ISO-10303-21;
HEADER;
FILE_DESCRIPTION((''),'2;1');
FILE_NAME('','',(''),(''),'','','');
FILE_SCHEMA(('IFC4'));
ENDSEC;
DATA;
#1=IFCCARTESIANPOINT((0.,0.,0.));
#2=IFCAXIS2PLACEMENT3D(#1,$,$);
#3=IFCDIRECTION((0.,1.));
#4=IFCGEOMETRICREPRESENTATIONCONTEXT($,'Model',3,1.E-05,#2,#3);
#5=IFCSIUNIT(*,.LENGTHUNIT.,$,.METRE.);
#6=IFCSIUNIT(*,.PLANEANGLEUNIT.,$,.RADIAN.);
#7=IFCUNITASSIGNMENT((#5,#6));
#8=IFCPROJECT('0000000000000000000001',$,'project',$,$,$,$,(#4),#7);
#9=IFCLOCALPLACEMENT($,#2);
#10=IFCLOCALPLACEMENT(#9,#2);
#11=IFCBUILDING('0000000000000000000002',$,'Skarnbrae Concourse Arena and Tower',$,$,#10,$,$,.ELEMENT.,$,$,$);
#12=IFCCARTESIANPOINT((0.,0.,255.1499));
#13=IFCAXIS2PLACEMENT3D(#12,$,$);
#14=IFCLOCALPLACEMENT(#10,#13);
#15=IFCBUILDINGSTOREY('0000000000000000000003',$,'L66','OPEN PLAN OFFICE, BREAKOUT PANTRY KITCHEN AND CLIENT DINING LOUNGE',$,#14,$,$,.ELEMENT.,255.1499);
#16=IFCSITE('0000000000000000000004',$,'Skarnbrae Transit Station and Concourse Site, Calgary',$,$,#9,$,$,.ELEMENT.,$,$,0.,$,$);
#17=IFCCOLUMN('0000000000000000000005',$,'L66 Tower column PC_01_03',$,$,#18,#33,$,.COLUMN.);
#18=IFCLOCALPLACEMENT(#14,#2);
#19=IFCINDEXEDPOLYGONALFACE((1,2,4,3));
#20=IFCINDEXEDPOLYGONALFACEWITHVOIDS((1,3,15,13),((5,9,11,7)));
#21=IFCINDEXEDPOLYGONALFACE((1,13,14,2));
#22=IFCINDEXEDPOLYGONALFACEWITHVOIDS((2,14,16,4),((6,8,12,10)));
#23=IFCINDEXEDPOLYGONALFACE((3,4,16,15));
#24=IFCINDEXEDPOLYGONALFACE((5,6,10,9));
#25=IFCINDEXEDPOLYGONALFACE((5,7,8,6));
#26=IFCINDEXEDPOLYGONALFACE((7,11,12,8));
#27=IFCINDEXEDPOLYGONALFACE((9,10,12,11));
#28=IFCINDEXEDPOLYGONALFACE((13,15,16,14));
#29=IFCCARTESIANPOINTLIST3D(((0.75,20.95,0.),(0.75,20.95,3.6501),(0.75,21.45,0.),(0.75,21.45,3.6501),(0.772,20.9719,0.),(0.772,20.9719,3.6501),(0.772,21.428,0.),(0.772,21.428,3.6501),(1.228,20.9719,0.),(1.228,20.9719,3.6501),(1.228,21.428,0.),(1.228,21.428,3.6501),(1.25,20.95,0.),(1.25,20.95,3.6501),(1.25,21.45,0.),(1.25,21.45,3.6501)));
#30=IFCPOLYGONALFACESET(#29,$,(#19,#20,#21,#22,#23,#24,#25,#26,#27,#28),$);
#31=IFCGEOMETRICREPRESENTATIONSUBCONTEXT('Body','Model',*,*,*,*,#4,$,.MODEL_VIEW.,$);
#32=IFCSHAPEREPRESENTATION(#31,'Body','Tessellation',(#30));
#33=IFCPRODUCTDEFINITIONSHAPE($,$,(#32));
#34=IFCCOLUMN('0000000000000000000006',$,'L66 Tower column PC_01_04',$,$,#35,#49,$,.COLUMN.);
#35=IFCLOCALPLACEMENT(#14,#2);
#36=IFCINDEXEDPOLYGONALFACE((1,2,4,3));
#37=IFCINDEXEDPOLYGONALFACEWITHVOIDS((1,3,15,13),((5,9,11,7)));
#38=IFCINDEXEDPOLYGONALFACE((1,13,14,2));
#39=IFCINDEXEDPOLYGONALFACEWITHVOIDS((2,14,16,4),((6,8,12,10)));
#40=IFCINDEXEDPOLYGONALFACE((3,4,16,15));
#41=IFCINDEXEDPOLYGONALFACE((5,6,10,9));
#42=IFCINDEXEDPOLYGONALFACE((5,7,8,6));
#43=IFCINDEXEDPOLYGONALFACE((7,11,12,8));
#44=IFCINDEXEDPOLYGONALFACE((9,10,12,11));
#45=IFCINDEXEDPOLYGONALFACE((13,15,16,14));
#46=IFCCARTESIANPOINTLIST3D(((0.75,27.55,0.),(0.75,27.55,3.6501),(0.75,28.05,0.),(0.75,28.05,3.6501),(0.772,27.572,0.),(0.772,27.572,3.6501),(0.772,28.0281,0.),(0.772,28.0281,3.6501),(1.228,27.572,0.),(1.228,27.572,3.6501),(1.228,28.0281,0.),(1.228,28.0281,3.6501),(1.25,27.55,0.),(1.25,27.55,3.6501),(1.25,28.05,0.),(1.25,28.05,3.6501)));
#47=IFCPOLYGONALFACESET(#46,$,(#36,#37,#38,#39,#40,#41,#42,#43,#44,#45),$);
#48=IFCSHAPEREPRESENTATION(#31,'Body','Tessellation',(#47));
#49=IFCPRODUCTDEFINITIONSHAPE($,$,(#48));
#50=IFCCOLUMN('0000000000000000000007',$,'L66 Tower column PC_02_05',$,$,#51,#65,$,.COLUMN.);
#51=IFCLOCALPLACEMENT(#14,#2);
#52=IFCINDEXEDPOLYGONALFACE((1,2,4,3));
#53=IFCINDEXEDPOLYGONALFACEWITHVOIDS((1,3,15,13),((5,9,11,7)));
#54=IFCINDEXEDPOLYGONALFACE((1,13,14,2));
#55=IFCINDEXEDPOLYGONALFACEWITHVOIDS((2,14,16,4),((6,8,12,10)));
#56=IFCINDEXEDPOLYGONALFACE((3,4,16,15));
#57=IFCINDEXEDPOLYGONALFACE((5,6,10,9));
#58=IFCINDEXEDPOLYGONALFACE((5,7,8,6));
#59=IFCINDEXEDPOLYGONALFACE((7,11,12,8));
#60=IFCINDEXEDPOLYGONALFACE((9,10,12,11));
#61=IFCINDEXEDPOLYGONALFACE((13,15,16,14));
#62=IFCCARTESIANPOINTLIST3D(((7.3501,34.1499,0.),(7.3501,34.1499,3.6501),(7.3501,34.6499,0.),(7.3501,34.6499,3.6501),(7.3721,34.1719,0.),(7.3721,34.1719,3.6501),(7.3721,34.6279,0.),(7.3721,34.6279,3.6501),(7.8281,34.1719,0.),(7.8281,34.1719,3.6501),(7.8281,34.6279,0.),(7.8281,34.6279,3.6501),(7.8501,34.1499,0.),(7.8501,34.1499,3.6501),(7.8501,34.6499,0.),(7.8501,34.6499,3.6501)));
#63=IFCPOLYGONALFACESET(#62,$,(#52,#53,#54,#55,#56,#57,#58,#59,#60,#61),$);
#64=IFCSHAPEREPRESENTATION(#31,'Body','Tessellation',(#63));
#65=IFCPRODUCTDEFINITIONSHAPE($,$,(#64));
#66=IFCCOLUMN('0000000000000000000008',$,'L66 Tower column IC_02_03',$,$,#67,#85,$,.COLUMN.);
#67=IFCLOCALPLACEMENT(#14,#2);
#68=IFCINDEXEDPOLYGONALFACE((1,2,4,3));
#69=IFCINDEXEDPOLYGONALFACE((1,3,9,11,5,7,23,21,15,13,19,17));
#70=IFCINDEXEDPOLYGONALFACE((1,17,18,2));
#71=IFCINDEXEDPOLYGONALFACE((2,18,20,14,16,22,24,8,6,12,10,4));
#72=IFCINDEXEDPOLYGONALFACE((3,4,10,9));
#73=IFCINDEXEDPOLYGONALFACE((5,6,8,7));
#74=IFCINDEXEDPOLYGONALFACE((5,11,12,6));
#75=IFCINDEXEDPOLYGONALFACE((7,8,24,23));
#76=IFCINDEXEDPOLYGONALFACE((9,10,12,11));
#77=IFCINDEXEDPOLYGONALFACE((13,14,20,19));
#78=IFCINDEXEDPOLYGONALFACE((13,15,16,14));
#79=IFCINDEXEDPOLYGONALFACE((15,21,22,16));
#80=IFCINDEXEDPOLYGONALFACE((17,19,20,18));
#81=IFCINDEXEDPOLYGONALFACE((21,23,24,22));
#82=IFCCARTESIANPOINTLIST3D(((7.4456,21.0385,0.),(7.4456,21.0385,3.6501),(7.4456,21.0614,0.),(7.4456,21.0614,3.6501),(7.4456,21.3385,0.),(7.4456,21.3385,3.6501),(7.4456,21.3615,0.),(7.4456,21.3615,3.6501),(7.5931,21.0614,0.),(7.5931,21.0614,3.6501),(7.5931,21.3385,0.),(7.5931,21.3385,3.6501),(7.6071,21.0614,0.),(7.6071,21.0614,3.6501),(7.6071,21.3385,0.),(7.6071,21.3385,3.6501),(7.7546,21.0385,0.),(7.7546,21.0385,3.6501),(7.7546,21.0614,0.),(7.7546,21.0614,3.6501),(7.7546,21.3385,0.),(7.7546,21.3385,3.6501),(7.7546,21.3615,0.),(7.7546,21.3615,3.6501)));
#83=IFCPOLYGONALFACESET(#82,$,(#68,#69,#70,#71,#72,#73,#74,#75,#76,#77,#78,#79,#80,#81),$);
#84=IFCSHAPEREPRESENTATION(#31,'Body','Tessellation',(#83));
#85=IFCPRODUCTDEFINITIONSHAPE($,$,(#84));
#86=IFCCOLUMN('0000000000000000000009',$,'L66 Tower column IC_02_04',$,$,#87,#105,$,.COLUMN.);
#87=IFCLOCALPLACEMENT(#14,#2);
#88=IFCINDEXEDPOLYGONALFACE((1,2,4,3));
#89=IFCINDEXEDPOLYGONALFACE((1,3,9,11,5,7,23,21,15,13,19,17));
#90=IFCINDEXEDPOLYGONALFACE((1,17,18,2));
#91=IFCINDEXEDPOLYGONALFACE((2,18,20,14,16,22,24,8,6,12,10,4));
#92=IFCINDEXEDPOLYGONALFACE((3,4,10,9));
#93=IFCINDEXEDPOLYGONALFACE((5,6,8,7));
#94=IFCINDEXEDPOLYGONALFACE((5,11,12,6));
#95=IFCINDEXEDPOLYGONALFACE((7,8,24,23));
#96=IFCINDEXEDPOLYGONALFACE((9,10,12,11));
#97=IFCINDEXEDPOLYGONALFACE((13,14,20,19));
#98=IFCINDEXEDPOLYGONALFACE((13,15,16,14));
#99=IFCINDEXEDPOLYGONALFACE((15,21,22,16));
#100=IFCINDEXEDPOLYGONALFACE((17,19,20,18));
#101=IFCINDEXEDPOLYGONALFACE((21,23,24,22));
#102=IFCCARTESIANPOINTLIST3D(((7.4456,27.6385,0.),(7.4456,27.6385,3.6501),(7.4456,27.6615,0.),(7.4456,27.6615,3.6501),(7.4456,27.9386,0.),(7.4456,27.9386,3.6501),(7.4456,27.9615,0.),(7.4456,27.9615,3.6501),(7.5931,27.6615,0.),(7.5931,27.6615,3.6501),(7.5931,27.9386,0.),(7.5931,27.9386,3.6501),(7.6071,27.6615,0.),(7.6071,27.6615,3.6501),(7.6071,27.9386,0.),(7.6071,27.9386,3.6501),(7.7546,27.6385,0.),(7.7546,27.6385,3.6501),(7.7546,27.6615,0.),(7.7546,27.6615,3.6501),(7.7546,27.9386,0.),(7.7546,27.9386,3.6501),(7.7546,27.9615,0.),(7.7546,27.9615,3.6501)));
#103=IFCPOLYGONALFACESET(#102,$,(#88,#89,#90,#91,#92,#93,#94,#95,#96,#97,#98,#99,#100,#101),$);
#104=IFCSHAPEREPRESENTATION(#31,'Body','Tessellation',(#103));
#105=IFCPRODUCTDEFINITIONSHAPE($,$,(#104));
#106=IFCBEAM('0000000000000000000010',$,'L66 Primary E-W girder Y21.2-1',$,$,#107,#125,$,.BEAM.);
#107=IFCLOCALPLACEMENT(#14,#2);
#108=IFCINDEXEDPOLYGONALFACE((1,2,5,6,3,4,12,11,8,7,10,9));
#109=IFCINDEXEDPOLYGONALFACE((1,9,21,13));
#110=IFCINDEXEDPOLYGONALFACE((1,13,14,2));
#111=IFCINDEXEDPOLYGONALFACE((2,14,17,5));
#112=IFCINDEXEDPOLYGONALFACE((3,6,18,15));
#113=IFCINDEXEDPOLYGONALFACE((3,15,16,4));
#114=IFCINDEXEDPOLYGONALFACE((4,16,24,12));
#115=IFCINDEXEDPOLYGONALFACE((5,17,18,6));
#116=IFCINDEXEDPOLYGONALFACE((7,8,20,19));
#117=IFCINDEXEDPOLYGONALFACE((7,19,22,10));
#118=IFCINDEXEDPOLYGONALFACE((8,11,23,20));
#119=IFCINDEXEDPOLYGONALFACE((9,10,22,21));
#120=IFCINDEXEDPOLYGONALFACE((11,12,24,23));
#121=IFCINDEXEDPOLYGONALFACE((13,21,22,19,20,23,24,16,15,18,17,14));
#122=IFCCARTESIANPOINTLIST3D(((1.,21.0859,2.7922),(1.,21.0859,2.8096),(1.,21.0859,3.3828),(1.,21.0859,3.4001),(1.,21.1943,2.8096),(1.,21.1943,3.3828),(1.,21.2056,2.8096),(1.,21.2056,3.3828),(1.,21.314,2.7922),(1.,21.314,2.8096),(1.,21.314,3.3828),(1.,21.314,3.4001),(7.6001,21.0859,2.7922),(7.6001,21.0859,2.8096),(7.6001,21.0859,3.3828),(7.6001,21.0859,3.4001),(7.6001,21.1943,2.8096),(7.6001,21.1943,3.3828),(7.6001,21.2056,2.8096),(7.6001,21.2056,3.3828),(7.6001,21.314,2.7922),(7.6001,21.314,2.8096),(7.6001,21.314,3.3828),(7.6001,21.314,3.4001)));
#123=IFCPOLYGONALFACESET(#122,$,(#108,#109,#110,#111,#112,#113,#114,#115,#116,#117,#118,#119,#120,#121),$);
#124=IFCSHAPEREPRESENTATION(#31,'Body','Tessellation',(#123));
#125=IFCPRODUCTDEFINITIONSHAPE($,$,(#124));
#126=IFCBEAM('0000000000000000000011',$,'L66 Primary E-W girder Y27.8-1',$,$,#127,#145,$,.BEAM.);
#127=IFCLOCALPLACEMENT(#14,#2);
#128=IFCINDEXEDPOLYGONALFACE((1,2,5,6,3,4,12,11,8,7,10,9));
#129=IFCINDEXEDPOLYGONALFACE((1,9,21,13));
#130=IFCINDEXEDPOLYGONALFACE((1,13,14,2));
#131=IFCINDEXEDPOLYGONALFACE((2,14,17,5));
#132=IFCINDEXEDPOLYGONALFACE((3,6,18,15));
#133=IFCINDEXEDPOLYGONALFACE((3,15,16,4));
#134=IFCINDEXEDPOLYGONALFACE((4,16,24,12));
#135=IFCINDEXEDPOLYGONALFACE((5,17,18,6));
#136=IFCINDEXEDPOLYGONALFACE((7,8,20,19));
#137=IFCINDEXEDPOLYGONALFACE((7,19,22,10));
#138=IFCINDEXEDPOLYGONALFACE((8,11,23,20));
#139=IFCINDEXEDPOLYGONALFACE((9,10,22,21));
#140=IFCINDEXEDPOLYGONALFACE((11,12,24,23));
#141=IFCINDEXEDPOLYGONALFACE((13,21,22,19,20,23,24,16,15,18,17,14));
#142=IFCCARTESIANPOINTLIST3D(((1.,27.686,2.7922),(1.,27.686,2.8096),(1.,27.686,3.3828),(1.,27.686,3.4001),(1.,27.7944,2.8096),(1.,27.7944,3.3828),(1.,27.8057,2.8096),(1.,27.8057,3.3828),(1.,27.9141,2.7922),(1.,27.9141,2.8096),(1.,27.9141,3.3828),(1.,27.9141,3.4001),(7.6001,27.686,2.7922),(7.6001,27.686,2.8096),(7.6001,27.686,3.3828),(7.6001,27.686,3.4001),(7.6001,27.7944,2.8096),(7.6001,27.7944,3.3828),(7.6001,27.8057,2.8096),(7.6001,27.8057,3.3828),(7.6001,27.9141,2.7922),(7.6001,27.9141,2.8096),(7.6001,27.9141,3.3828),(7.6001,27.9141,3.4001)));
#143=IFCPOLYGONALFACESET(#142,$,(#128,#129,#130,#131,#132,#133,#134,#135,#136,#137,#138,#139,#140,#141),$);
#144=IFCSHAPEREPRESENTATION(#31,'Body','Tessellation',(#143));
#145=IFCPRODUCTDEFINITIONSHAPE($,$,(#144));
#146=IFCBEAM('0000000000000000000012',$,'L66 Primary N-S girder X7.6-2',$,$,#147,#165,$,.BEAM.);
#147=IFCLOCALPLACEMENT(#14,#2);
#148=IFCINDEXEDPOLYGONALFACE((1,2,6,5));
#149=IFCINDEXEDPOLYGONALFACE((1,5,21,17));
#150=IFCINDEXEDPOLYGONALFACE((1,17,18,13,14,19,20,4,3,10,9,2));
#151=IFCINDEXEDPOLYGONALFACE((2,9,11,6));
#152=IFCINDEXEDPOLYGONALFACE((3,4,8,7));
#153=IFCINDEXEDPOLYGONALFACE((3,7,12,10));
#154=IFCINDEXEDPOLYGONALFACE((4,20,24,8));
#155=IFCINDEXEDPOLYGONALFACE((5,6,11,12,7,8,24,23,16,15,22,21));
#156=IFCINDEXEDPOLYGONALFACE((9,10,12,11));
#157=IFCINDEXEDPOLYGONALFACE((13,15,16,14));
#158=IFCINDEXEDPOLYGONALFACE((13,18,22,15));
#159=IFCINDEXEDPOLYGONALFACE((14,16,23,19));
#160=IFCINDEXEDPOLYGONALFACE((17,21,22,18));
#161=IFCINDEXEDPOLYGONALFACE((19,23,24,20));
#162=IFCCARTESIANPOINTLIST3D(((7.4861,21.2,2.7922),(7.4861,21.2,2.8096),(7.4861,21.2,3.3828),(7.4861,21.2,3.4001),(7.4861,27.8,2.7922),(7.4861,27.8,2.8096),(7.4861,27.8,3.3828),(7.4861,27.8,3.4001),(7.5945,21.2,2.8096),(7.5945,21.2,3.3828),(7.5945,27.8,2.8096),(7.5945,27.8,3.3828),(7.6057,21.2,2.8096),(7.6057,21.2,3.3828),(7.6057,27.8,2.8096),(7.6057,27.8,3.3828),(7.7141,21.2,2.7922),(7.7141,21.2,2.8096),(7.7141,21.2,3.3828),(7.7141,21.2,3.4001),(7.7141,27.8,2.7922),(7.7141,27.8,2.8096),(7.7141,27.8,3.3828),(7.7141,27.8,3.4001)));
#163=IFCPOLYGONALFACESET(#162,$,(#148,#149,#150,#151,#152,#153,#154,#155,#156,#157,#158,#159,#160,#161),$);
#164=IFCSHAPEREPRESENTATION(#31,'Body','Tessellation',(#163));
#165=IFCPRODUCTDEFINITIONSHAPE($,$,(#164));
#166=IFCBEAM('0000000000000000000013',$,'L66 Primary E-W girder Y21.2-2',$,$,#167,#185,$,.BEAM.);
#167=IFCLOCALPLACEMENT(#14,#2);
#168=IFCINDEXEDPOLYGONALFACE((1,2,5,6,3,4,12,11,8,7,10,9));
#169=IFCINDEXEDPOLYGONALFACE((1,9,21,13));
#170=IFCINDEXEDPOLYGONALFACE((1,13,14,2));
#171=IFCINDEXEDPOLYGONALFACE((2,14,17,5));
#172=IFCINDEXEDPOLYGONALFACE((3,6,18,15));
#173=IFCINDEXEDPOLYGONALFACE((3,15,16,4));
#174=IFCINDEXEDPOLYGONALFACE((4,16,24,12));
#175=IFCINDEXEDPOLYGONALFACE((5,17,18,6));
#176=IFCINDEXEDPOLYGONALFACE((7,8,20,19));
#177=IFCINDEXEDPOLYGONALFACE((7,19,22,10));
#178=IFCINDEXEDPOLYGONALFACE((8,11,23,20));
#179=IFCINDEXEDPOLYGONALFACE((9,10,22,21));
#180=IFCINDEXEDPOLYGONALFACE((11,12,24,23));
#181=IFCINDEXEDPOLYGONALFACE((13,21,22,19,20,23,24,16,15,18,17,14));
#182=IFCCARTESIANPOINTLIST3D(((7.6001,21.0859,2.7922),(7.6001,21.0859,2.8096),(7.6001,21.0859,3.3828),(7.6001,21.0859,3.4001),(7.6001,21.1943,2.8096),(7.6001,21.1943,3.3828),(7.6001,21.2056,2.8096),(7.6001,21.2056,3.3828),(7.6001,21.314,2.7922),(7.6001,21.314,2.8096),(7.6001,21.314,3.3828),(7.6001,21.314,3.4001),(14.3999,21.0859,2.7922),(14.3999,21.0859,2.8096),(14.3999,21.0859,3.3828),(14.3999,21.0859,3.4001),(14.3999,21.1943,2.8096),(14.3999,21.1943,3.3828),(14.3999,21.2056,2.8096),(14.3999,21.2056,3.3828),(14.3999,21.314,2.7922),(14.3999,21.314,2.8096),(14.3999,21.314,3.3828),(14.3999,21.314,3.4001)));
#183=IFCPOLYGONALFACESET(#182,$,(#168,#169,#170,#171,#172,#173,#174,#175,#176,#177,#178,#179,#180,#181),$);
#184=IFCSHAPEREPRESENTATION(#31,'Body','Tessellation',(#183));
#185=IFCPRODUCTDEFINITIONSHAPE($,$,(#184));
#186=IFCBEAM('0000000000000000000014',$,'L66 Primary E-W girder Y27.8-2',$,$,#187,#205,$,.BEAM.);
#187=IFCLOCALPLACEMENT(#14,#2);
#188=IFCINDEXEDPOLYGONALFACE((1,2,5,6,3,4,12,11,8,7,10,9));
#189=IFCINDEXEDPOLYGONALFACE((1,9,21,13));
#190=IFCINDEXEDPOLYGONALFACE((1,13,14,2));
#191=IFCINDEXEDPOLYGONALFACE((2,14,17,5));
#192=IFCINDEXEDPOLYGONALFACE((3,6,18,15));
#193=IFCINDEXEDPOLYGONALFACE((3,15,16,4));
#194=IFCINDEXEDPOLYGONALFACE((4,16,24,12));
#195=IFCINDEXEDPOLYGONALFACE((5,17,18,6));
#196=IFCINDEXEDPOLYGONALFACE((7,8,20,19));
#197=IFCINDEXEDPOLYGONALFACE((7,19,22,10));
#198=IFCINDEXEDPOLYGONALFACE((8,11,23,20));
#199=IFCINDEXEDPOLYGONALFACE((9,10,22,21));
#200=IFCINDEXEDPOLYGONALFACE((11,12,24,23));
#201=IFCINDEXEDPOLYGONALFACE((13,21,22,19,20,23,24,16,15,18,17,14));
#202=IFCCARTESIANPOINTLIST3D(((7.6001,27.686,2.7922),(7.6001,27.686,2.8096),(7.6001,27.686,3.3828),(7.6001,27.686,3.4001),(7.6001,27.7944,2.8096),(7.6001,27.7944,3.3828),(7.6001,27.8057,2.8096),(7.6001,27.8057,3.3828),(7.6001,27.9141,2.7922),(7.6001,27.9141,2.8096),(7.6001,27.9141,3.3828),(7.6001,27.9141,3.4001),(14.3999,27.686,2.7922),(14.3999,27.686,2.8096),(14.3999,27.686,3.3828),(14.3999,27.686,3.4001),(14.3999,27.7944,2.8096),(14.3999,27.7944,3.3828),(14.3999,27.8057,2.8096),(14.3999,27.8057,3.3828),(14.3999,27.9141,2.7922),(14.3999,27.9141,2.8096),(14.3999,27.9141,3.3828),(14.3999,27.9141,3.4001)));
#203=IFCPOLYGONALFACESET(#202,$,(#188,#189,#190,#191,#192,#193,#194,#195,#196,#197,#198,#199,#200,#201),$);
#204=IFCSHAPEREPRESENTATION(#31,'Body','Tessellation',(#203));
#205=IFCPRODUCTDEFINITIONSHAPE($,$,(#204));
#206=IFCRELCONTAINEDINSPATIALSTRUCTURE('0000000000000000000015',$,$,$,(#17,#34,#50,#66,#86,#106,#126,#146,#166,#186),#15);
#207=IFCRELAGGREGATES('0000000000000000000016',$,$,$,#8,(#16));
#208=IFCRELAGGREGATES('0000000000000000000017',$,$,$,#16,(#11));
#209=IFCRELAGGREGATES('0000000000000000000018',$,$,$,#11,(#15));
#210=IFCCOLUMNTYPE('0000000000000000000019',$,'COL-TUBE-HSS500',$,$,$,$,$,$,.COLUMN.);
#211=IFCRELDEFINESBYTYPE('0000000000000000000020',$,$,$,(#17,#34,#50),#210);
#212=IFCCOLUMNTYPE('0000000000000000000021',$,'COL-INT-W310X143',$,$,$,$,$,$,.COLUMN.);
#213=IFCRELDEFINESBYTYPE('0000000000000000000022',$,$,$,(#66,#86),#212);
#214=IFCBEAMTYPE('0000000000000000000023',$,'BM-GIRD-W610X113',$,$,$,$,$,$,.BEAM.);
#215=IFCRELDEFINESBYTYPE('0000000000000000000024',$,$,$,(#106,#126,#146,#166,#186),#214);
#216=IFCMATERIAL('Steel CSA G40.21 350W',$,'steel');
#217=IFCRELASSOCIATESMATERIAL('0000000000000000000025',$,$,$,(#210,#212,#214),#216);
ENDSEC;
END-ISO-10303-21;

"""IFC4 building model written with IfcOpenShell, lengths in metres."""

from ifc_helpers import new_model, si_unit, direction, frame, origin, origin_2d, place, context, subcontext, project, spatial, hollow_rectangle, i_section, extrude, source, transform, mapped, material, material_profile, profile_set, type_object, element, save


model = new_model("IFC4")

# Units and contexts
model_context = context("Model", 3, precision=1e-05, world=origin(), true_north=direction((0.0, 1.0)))
body_context = subcontext(model_context, "Body", "Model", "MODEL_VIEW")
ifc_project = project(units=[si_unit("LENGTHUNIT", "METRE"), si_unit("PLANEANGLEUNIT", "RADIAN")], contexts=[model_context])

# Site, building, storey
site_placement = place(None, origin())
site = spatial("IfcSite", under=ifc_project, at=site_placement, Name="Skarnbrae Transit Station and Concourse Site, Calgary", CompositionType="ELEMENT", RefElevation=0.0)
building_placement = place(site_placement, origin())
building = spatial("IfcBuilding", under=site, at=building_placement, Name="Skarnbrae Concourse Arena and Tower", CompositionType="ELEMENT")
storey_placement = place(building_placement, frame((0.0, 0.0, 255.1499)))
storey = spatial("IfcBuildingStorey", under=building, at=storey_placement, Name="L66", Description="OPEN PLAN OFFICE, BREAKOUT PANTRY KITCHEN AND CLIENT DINING LOUNGE", CompositionType="ELEMENT", Elevation=255.1499)

# Columns
ifc_material_1 = material(Name="Steel CSA G40.21 350W", Category="steel")
ifc_material_profile_1 = material_profile(ifc_material_1, hollow_rectangle(XDim=0.5, YDim=0.5, WallThickness=0.022, at=origin_2d()), Name="HSS500X500X22.0")
ifc_profile_set_1 = profile_set([ifc_material_profile_1], Name="Steel CSA G40.21 350W")
column_type_1 = type_object("IfcColumnType", Name="COL-TUBE-HSS500", PredefinedType="COLUMN", material=ifc_profile_set_1)
shared_shape_1 = source(origin(), body_context, "Body", "SweptSolid", [
    extrude(hollow_rectangle(XDim=0.5, YDim=0.5, WallThickness=0.022, at=origin_2d()), origin(), (0.0, 0.0, 1.0), 3.6501),
])
for number, where, z_axis, x_axis, name in (
    (1, (1.0, 21.2, 0.0), (0.0, 0.0, 1.0), (1.0, 0.0, 0.0), "L66 Tower column PC_01_03"),
    (2, (1.0, 27.8, 0.0), (0.0, 0.0, 1.0), (1.0, 0.0, 0.0), "L66 Tower column PC_01_04"),
    (3, (7.6001, 34.3999, 0.0), (0.0, 0.0, 1.0), (1.0, 0.0, 0.0), "L66 Tower column PC_02_05"),
):
    element("IfcColumn", number, at=place(storey_placement, frame(where, z_axis=z_axis, x_axis=x_axis)), inside=storey, type_object=column_type_1, Name=name, PredefinedType="COLUMN", context=body_context, shape_type="MappedRepresentation", body=[
        mapped(shared_shape_1, transform((0.0, 0.0, 0.0))),
    ])
ifc_material_profile_2 = material_profile(ifc_material_1, i_section(OverallWidth=0.3091, OverallDepth=0.323, WebThickness=0.0139, FlangeThickness=0.0229, at=origin_2d()), Name="W310X143")
ifc_profile_set_2 = profile_set([ifc_material_profile_2], Name="Steel CSA G40.21 350W")
column_type_2 = type_object("IfcColumnType", Name="COL-INT-W310X143", PredefinedType="COLUMN", material=ifc_profile_set_2)
shared_shape_2 = source(origin(), body_context, "Body", "SweptSolid", [
    extrude(i_section(OverallWidth=0.3091, OverallDepth=0.323, WebThickness=0.0139, FlangeThickness=0.0229, at=origin_2d()), origin(), (0.0, 0.0, 1.0), 3.6501),
])
for number, where, z_axis, x_axis, name in (
    (4, (7.6001, 21.2, 0.0), (0.0, 0.0, 1.0), (1.0, 0.0, 0.0), "L66 Tower column IC_02_03"),
    (5, (7.6001, 27.8, 0.0), (0.0, 0.0, 1.0), (1.0, 0.0, 0.0), "L66 Tower column IC_02_04"),
):
    element("IfcColumn", number, at=place(storey_placement, frame(where, z_axis=z_axis, x_axis=x_axis)), inside=storey, type_object=column_type_2, Name=name, PredefinedType="COLUMN", context=body_context, shape_type="MappedRepresentation", body=[
        mapped(shared_shape_2, transform((0.0, 0.0, 0.0))),
    ])

# Beams
ifc_material_profile_3 = material_profile(ifc_material_1, i_section(OverallWidth=0.228, OverallDepth=0.6079, WebThickness=0.0112, FlangeThickness=0.0173, at=origin_2d()), Name="W610X113")
ifc_profile_set_3 = profile_set([ifc_material_profile_3], Name="Steel CSA G40.21 350W")
beam_type_1 = type_object("IfcBeamType", Name="BM-GIRD-W610X113", PredefinedType="BEAM", material=ifc_profile_set_3)
shared_shape_3 = source(origin(), body_context, "Body", "SweptSolid", [
    extrude(i_section(OverallWidth=0.228, OverallDepth=0.6079, WebThickness=0.0112, FlangeThickness=0.0173, at=origin_2d()), origin(), (0.0, 0.0, 1.0), 6.6001),
])
for number, where, z_axis, x_axis, name in (
    (6, (1.0, 21.2, 3.0962), (1.0, 0.0, 0.0), (0.0, 1.0, 0.0), "L66 Primary E-W girder Y21.2-1"),
    (7, (1.0, 27.8, 3.0962), (1.0, 0.0, 0.0), (0.0, 1.0, 0.0), "L66 Primary E-W girder Y27.8-1"),
    (8, (7.6001, 21.2, 3.0962), (0.0, 1.0, 0.0), (-1.0, 0.0, 0.0), "L66 Primary N-S girder X7.6-2"),
):
    element("IfcBeam", number, at=place(storey_placement, frame(where, z_axis=z_axis, x_axis=x_axis)), inside=storey, type_object=beam_type_1, Name=name, PredefinedType="BEAM", context=body_context, shape_type="MappedRepresentation", body=[
        mapped(shared_shape_3, transform((0.0, 0.0, 0.0))),
    ])
shared_shape_4 = source(origin(), body_context, "Body", "SweptSolid", [
    extrude(i_section(OverallWidth=0.228, OverallDepth=0.6079, WebThickness=0.0112, FlangeThickness=0.0173, at=origin_2d()), origin(), (0.0, 0.0, 1.0), 6.7998),
])
for number, where, z_axis, x_axis, name in (
    (9, (7.6001, 21.2, 3.0962), (1.0, 0.0, 0.0), (0.0, 1.0, 0.0), "L66 Primary E-W girder Y21.2-2"),
    (10, (7.6001, 27.8, 3.0962), (1.0, 0.0, 0.0), (0.0, 1.0, 0.0), "L66 Primary E-W girder Y27.8-2"),
):
    element("IfcBeam", number, at=place(storey_placement, frame(where, z_axis=z_axis, x_axis=x_axis)), inside=storey, type_object=beam_type_1, Name=name, PredefinedType="BEAM", context=body_context, shape_type="MappedRepresentation", body=[
        mapped(shared_shape_4, transform((0.0, 0.0, 0.0))),
    ])

save(model, "model.ifc")
